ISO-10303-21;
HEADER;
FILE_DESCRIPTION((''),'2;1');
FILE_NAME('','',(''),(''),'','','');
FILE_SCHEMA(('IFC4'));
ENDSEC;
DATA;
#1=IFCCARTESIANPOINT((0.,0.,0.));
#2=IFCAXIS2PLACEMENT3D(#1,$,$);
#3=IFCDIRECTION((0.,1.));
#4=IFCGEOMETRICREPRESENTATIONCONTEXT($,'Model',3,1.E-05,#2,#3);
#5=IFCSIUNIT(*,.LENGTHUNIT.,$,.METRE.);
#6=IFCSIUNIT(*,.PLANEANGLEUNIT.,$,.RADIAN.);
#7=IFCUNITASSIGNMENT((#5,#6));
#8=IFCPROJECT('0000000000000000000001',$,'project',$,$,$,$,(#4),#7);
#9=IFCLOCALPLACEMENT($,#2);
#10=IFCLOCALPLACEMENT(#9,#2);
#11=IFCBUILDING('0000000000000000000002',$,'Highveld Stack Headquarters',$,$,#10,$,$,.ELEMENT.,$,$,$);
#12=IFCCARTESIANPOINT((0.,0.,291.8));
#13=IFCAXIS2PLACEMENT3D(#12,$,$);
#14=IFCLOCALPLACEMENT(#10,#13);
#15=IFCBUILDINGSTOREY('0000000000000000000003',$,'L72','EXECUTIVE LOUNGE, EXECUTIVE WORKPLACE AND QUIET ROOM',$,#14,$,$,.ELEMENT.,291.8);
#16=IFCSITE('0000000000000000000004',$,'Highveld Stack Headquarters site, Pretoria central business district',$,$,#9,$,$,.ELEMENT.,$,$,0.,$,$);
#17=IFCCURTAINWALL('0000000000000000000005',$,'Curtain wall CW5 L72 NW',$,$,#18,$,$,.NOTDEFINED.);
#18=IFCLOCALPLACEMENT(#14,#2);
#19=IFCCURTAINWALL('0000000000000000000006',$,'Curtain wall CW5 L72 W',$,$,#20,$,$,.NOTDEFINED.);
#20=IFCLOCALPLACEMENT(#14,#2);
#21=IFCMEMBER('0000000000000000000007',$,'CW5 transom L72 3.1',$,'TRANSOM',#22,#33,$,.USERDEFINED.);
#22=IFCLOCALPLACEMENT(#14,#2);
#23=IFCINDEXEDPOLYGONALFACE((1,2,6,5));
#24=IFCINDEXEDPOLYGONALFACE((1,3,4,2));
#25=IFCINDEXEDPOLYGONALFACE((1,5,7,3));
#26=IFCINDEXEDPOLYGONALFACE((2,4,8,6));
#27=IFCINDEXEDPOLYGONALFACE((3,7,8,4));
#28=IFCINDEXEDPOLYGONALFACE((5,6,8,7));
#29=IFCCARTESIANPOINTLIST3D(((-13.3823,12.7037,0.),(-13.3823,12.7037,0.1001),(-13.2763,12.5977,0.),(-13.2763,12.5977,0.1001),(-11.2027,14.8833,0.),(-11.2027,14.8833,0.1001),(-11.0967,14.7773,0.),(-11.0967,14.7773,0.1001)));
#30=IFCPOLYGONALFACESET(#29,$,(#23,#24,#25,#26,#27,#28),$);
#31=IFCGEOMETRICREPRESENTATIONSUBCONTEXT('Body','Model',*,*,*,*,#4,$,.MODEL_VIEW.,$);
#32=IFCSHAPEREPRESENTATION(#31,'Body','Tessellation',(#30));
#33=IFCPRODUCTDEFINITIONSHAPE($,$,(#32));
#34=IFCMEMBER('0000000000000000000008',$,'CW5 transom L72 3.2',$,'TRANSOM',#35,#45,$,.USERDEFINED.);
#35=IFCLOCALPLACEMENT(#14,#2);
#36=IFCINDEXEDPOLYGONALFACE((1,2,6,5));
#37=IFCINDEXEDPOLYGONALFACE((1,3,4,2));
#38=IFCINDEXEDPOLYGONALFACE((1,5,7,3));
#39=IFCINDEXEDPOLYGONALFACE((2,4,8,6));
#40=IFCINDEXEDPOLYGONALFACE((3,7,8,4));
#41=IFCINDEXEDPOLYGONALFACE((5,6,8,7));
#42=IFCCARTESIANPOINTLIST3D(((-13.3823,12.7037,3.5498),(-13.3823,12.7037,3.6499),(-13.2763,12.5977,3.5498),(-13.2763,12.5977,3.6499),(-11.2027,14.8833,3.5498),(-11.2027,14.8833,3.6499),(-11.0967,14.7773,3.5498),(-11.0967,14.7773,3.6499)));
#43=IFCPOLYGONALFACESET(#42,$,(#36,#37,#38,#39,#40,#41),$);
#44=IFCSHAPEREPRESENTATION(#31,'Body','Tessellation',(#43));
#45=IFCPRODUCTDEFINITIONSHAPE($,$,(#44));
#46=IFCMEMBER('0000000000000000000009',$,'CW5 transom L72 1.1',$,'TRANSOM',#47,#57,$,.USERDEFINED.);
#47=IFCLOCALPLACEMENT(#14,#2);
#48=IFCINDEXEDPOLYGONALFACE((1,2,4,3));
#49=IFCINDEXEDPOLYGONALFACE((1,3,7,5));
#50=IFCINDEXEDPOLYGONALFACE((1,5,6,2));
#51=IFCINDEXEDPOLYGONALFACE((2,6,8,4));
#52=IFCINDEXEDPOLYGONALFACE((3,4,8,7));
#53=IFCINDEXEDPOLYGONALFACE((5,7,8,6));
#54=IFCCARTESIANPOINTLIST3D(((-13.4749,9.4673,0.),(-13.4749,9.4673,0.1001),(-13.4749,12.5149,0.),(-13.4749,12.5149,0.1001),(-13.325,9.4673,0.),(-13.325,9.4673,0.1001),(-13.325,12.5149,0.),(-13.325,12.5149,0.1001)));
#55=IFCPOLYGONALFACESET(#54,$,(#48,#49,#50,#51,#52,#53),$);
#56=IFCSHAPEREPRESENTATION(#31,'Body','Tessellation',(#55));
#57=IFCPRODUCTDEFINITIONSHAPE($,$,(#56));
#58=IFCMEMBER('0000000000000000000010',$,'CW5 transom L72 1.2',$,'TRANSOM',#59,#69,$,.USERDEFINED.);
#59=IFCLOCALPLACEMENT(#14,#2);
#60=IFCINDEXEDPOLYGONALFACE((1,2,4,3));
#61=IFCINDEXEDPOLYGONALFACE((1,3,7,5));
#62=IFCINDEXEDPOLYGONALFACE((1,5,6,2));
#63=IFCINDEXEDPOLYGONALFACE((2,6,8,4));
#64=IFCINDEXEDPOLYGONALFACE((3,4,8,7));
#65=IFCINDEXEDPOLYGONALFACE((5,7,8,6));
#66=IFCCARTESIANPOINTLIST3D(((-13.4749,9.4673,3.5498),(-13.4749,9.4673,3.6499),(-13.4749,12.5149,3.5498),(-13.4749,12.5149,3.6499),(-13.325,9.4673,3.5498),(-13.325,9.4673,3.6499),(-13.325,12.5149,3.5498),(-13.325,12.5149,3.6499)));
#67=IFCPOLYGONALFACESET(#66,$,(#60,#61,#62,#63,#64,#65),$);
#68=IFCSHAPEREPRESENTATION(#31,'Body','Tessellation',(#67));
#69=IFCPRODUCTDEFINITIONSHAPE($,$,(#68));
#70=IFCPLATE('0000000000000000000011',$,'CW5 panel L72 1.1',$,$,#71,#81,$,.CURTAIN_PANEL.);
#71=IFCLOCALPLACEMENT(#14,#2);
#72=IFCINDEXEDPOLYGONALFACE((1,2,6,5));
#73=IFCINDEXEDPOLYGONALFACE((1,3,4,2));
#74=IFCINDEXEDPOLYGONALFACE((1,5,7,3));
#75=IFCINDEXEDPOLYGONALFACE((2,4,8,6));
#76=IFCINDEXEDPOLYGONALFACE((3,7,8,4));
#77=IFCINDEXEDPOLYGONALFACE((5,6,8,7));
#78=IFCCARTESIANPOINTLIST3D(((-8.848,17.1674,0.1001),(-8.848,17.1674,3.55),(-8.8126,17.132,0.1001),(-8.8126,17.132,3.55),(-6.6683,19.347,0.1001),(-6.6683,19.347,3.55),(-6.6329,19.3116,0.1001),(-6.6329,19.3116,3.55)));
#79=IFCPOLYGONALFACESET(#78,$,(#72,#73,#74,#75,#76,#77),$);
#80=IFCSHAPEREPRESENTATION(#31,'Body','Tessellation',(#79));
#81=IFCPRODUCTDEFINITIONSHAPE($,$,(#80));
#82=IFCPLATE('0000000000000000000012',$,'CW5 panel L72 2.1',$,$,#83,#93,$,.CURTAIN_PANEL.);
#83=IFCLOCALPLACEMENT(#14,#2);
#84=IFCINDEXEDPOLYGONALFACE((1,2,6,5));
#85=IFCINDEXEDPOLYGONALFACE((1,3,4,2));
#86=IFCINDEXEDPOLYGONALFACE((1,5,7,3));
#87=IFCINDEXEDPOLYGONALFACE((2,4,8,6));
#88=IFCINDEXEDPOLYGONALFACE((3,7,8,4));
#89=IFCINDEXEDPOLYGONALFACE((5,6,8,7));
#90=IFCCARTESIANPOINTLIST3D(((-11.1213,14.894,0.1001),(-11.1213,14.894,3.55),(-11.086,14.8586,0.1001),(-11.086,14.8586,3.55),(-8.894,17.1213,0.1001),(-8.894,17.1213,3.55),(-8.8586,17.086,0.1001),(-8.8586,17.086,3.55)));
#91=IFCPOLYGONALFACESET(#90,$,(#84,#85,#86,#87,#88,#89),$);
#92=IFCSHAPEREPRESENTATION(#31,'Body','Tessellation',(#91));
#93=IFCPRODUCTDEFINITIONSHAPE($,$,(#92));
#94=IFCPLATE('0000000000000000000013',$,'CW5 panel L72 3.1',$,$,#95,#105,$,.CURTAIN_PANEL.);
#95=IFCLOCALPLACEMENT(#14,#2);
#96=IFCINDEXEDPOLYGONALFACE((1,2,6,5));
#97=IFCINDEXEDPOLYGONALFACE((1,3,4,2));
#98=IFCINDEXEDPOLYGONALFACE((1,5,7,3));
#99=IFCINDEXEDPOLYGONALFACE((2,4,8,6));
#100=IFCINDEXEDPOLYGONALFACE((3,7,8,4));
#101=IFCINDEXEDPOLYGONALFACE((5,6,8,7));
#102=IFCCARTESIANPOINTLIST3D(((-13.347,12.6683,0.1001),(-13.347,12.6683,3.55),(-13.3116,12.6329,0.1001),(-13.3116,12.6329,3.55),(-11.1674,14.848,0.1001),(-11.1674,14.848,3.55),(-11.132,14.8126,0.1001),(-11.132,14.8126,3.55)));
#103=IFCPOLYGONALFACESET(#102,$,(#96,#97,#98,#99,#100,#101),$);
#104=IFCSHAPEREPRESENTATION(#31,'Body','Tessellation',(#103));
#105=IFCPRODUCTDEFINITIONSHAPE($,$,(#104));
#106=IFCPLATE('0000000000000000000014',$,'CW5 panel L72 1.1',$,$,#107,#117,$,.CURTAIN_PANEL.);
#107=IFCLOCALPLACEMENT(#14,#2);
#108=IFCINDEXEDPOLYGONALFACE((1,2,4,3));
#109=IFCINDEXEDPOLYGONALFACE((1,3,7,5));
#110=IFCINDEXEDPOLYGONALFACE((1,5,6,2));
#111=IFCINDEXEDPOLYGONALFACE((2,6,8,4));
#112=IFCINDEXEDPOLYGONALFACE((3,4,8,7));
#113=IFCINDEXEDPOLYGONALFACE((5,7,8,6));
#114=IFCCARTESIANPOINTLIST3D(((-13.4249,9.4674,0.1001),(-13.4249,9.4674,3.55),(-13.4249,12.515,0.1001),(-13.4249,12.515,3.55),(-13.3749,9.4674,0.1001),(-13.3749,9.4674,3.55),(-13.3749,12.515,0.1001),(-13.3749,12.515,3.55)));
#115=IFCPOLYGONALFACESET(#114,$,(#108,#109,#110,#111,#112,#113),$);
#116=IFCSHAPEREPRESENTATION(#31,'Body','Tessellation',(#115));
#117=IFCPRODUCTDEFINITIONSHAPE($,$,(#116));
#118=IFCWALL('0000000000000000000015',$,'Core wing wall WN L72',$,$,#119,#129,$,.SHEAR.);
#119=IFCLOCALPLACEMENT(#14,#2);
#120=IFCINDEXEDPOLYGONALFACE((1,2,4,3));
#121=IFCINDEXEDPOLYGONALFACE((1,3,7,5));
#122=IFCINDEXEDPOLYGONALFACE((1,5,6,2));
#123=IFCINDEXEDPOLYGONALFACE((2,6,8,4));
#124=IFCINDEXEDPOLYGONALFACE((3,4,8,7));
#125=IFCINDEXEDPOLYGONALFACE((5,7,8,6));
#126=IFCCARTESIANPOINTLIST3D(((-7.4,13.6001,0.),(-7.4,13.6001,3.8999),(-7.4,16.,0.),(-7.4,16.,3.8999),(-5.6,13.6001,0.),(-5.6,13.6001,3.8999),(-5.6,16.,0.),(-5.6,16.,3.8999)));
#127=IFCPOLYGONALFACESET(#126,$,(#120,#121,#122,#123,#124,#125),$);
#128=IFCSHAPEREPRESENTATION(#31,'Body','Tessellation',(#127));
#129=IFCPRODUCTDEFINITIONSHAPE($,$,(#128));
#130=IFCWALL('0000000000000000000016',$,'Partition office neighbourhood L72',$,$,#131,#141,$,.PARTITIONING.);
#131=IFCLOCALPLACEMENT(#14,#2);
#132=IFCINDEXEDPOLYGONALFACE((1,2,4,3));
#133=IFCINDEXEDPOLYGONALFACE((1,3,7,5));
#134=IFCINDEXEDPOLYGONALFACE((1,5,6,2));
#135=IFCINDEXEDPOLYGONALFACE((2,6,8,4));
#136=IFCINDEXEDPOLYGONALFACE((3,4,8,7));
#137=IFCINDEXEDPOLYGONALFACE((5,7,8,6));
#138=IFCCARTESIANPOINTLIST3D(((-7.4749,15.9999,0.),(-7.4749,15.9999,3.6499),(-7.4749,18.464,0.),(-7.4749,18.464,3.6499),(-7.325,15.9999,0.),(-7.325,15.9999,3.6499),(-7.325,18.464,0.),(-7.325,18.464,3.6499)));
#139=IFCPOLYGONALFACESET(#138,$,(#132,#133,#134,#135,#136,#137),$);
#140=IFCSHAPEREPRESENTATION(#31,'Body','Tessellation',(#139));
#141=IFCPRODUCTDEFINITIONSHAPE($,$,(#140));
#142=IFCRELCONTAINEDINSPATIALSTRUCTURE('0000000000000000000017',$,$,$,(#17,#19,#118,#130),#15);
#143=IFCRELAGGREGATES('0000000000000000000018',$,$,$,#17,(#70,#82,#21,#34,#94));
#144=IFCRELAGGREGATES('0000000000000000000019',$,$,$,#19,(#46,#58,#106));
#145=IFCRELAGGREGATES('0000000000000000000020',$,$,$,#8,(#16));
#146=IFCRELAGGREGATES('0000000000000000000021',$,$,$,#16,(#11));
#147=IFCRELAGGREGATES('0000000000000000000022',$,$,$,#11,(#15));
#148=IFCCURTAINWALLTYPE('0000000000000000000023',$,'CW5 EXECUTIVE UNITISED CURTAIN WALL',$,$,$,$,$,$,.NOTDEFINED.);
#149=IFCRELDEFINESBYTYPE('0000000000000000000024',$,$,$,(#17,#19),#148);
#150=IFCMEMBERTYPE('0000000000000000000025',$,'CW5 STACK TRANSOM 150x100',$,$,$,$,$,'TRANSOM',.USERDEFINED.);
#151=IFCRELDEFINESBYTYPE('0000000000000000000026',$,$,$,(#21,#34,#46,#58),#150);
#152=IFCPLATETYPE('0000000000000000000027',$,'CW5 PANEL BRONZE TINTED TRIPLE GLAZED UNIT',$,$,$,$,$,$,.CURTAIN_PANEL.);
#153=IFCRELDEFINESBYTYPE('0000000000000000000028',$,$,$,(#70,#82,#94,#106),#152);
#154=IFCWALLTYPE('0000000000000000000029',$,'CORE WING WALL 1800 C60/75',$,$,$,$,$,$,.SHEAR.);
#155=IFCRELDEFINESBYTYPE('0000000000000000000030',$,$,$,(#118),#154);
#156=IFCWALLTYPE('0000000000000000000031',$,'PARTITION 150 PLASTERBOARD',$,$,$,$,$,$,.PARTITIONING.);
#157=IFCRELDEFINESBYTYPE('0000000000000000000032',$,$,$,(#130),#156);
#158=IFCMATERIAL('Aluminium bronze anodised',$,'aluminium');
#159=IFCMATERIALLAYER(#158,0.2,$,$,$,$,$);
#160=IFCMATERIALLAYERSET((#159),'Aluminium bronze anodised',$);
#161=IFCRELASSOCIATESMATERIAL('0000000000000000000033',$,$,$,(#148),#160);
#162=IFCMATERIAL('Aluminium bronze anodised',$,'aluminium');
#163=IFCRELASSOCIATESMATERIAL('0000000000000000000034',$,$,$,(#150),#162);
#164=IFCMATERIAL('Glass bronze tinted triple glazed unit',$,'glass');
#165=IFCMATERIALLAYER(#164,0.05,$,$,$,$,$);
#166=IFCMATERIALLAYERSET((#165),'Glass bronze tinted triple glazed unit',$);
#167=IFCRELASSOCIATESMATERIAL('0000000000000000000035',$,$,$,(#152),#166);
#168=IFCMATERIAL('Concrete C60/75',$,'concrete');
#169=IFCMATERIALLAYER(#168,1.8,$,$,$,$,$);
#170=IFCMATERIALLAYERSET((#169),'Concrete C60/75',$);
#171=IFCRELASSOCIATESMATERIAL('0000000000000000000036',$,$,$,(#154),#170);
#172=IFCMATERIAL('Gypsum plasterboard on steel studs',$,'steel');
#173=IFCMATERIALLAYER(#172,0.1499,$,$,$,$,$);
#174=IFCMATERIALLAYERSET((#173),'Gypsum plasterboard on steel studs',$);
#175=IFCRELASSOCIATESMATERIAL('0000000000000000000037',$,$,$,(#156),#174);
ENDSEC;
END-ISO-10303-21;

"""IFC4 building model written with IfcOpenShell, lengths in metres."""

from ifc_helpers import new_model, si_unit, direction, frame, frame_2d, origin, origin_2d, place, context, subcontext, project, spatial, rectangle, extrude, material, layer, layer_set, material_profile, profile_set, type_object, element, aggregate, save


model = new_model("IFC4")

# Units and contexts
model_context = context("Model", 3, precision=1e-05, world=origin(), true_north=direction((0.0, 1.0)))
body_context = subcontext(model_context, "Body", "Model", "MODEL_VIEW")
ifc_project = project(units=[si_unit("LENGTHUNIT", "METRE"), si_unit("PLANEANGLEUNIT", "RADIAN")], contexts=[model_context])

# Site, building, storey
site_placement = place(None, origin())
site = spatial("IfcSite", under=ifc_project, at=site_placement, Name="Highveld Stack Headquarters site, Pretoria central business district", CompositionType="ELEMENT", RefElevation=0.0)
building_placement = place(site_placement, origin())
building = spatial("IfcBuilding", under=site, at=building_placement, Name="Highveld Stack Headquarters", CompositionType="ELEMENT")
storey_placement = place(building_placement, frame((0.0, 0.0, 291.8)))
storey = spatial("IfcBuildingStorey", under=building, at=storey_placement, Name="L72", Description="EXECUTIVE LOUNGE, EXECUTIVE WORKPLACE AND QUIET ROOM", CompositionType="ELEMENT", Elevation=291.8)

# Shared definitions
ifc_material_1 = material(Name="Aluminium bronze anodised", Category="aluminium")
ifc_layer_1 = layer(ifc_material_1, 0.2)
ifc_layer_set_1 = layer_set([ifc_layer_1], Name="Aluminium bronze anodised")
curtain_wall_type = type_object("IfcCurtainWallType", Name="CW5 EXECUTIVE UNITISED CURTAIN WALL", PredefinedType="NOTDEFINED", material=ifc_layer_set_1)

# Curtain wall
curtain_wall_1_placement = place(storey_placement, origin())
curtain_wall_1 = element("IfcCurtainWall", 1, at=curtain_wall_1_placement, inside=storey, type_object=curtain_wall_type, Name="Curtain wall CW5 L72 NW", PredefinedType="NOTDEFINED")

# Curtain wall
curtain_wall_2_placement = place(storey_placement, origin())
curtain_wall_2 = element("IfcCurtainWall", 2, at=curtain_wall_2_placement, inside=storey, type_object=curtain_wall_type, Name="Curtain wall CW5 L72 W", PredefinedType="NOTDEFINED")

# Members
ifc_material_2 = material(Name="Aluminium bronze anodised", Category="aluminium")
ifc_material_profile_1 = material_profile(ifc_material_2, rectangle(XDim=0.1499, YDim=0.1001, at=origin_2d()), Name="CW5 TRANSOM 150x100")
ifc_profile_set_1 = profile_set([ifc_material_profile_1], Name="Aluminium bronze anodised")
member_type_1 = type_object("IfcMemberType", Name="CW5 STACK TRANSOM 150x100", ElementType="TRANSOM", PredefinedType="USERDEFINED", material=ifc_profile_set_1)
member_1_placement = place(storey_placement, frame((-11.1497, 14.8303, 0.05), z_axis=(-0.707107, -0.707107, 0.0), x_axis=(0.707107, -0.707107, 0.0)))
member_1 = element("IfcMember", 3, at=member_1_placement, type_object=member_type_1, Name="CW5 transom L72 3.1", ObjectType="TRANSOM", PredefinedType="USERDEFINED", context=body_context, shape_type="SweptSolid", body=[
    extrude(rectangle(XDim=0.1499, YDim=0.1001, at=origin_2d()), origin(), (0.0, 0.0, 1.0), 3.0825),
])
member_2_placement = place(storey_placement, frame((-11.1497, 14.8303, 3.5999), z_axis=(-0.707107, -0.707107, 0.0), x_axis=(0.707107, -0.707107, 0.0)))
member_2 = element("IfcMember", 4, at=member_2_placement, type_object=member_type_1, Name="CW5 transom L72 3.2", ObjectType="TRANSOM", PredefinedType="USERDEFINED", context=body_context, shape_type="SweptSolid", body=[
    extrude(rectangle(XDim=0.1499, YDim=0.1001, at=origin_2d()), origin(), (0.0, 0.0, 1.0), 3.0825),
])
member_3_placement = place(storey_placement, frame((-13.3999, 12.5149, 0.05), z_axis=(0.0, -1.0, 0.0), x_axis=(1.0, 0.0, 0.0)))
member_3 = element("IfcMember", 5, at=member_3_placement, type_object=member_type_1, Name="CW5 transom L72 1.1", ObjectType="TRANSOM", PredefinedType="USERDEFINED", context=body_context, shape_type="SweptSolid", body=[
    extrude(rectangle(XDim=0.1499, YDim=0.1001, at=origin_2d()), origin(), (0.0, 0.0, 1.0), 3.0476),
])
member_4_placement = place(storey_placement, frame((-13.3999, 12.5149, 3.5999), z_axis=(0.0, -1.0, 0.0), x_axis=(1.0, 0.0, 0.0)))
member_4 = element("IfcMember", 6, at=member_4_placement, type_object=member_type_1, Name="CW5 transom L72 1.2", ObjectType="TRANSOM", PredefinedType="USERDEFINED", context=body_context, shape_type="SweptSolid", body=[
    extrude(rectangle(XDim=0.1499, YDim=0.1001, at=origin_2d()), origin(), (0.0, 0.0, 1.0), 3.0476),
])

# Plates
ifc_material_3 = material(Name="Glass bronze tinted triple glazed unit", Category="glass")
ifc_layer_2 = layer(ifc_material_3, 0.05)
ifc_layer_set_2 = layer_set([ifc_layer_2], Name="Glass bronze tinted triple glazed unit")
plate_type = type_object("IfcPlateType", Name="CW5 PANEL BRONZE TINTED TRIPLE GLAZED UNIT", PredefinedType="CURTAIN_PANEL", material=ifc_layer_set_2)
plate_1_placement = place(storey_placement, frame((-7.7405, 18.2395, 0.1001), z_axis=(0.0, 0.0, 1.0), x_axis=(-0.707107, -0.707107, 0.0)))
plate_1 = element("IfcPlate", 7, at=plate_1_placement, type_object=plate_type, Name="CW5 panel L72 1.1", PredefinedType="CURTAIN_PANEL", context=body_context, shape_type="SweptSolid", body=[
    extrude(rectangle(XDim=3.0825, YDim=0.05, at=origin_2d()), origin(), (0.0, 0.0, 1.0), 3.45),
])
plate_2_placement = place(storey_placement, frame((-9.99, 15.99, 0.1001), z_axis=(0.0, 0.0, 1.0), x_axis=(-0.707107, -0.707107, 0.0)))
plate_2 = element("IfcPlate", 8, at=plate_2_placement, type_object=plate_type, Name="CW5 panel L72 2.1", PredefinedType="CURTAIN_PANEL", context=body_context, shape_type="SweptSolid", body=[
    extrude(rectangle(XDim=3.1499, YDim=0.05, at=origin_2d()), origin(), (0.0, 0.0, 1.0), 3.45),
])
plate_3_placement = place(storey_placement, frame((-12.2395, 13.7405, 0.1001), z_axis=(0.0, 0.0, 1.0), x_axis=(-0.707107, -0.707107, 0.0)))
plate_3 = element("IfcPlate", 9, at=plate_3_placement, type_object=plate_type, Name="CW5 panel L72 3.1", PredefinedType="CURTAIN_PANEL", context=body_context, shape_type="SweptSolid", body=[
    extrude(rectangle(XDim=3.0825, YDim=0.05, at=origin_2d()), origin(), (0.0, 0.0, 1.0), 3.45),
])
aggregate(curtain_wall_1, [plate_1, plate_2, member_1, member_2, plate_3])
plate_4_placement = place(storey_placement, frame((-13.3999, 10.9912, 0.1001), z_axis=(0.0, 0.0, 1.0), x_axis=(0.0, -1.0, 0.0)))
plate_4 = element("IfcPlate", 10, at=plate_4_placement, type_object=plate_type, Name="CW5 panel L72 1.1", PredefinedType="CURTAIN_PANEL", context=body_context, shape_type="SweptSolid", body=[
    extrude(rectangle(XDim=3.0476, YDim=0.05, at=origin_2d()), origin(), (0.0, 0.0, 1.0), 3.45),
])
aggregate(curtain_wall_2, [member_3, member_4, plate_4])

# Walls
ifc_material_4 = material(Name="Concrete C60/75", Category="concrete")
ifc_layer_3 = layer(ifc_material_4, 1.8)
ifc_layer_set_3 = layer_set([ifc_layer_3], Name="Concrete C60/75")
wall_type_1 = type_object("IfcWallType", Name="CORE WING WALL 1800 C60/75", PredefinedType="SHEAR", material=ifc_layer_set_3)
wall_1_placement = place(storey_placement, frame((-6.5, 13.6001, 0.0), z_axis=(0.0, 0.0, 1.0), x_axis=(0.0, 1.0, 0.0)))
element("IfcWall", 11, at=wall_1_placement, inside=storey, type_object=wall_type_1, Name="Core wing wall WN L72", PredefinedType="SHEAR", context=body_context, shape_type="SweptSolid", body=[
    extrude(rectangle(XDim=2.3999, YDim=1.8, at=frame_2d((1.2, 0.0))), origin(), (0.0, 0.0, 1.0), 3.8999),
])
ifc_material_5 = material(Name="Gypsum plasterboard on steel studs", Category="steel")
ifc_layer_4 = layer(ifc_material_5, 0.1499)
ifc_layer_set_4 = layer_set([ifc_layer_4], Name="Gypsum plasterboard on steel studs")
wall_type_2 = type_object("IfcWallType", Name="PARTITION 150 PLASTERBOARD", PredefinedType="PARTITIONING", material=ifc_layer_set_4)
wall_2_placement = place(storey_placement, frame((-7.3999, 16.0, 0.0), z_axis=(0.0, 0.0, 1.0), x_axis=(0.0, 1.0, 0.0)))
element("IfcWall", 12, at=wall_2_placement, inside=storey, type_object=wall_type_2, Name="Partition office neighbourhood L72", PredefinedType="PARTITIONING", context=body_context, shape_type="SweptSolid", body=[
    extrude(rectangle(XDim=2.4641, YDim=0.1499, at=frame_2d((1.2319, 0.0))), origin(), (0.0, 0.0, 1.0), 3.6499),
])

save(model, "model.ifc")
